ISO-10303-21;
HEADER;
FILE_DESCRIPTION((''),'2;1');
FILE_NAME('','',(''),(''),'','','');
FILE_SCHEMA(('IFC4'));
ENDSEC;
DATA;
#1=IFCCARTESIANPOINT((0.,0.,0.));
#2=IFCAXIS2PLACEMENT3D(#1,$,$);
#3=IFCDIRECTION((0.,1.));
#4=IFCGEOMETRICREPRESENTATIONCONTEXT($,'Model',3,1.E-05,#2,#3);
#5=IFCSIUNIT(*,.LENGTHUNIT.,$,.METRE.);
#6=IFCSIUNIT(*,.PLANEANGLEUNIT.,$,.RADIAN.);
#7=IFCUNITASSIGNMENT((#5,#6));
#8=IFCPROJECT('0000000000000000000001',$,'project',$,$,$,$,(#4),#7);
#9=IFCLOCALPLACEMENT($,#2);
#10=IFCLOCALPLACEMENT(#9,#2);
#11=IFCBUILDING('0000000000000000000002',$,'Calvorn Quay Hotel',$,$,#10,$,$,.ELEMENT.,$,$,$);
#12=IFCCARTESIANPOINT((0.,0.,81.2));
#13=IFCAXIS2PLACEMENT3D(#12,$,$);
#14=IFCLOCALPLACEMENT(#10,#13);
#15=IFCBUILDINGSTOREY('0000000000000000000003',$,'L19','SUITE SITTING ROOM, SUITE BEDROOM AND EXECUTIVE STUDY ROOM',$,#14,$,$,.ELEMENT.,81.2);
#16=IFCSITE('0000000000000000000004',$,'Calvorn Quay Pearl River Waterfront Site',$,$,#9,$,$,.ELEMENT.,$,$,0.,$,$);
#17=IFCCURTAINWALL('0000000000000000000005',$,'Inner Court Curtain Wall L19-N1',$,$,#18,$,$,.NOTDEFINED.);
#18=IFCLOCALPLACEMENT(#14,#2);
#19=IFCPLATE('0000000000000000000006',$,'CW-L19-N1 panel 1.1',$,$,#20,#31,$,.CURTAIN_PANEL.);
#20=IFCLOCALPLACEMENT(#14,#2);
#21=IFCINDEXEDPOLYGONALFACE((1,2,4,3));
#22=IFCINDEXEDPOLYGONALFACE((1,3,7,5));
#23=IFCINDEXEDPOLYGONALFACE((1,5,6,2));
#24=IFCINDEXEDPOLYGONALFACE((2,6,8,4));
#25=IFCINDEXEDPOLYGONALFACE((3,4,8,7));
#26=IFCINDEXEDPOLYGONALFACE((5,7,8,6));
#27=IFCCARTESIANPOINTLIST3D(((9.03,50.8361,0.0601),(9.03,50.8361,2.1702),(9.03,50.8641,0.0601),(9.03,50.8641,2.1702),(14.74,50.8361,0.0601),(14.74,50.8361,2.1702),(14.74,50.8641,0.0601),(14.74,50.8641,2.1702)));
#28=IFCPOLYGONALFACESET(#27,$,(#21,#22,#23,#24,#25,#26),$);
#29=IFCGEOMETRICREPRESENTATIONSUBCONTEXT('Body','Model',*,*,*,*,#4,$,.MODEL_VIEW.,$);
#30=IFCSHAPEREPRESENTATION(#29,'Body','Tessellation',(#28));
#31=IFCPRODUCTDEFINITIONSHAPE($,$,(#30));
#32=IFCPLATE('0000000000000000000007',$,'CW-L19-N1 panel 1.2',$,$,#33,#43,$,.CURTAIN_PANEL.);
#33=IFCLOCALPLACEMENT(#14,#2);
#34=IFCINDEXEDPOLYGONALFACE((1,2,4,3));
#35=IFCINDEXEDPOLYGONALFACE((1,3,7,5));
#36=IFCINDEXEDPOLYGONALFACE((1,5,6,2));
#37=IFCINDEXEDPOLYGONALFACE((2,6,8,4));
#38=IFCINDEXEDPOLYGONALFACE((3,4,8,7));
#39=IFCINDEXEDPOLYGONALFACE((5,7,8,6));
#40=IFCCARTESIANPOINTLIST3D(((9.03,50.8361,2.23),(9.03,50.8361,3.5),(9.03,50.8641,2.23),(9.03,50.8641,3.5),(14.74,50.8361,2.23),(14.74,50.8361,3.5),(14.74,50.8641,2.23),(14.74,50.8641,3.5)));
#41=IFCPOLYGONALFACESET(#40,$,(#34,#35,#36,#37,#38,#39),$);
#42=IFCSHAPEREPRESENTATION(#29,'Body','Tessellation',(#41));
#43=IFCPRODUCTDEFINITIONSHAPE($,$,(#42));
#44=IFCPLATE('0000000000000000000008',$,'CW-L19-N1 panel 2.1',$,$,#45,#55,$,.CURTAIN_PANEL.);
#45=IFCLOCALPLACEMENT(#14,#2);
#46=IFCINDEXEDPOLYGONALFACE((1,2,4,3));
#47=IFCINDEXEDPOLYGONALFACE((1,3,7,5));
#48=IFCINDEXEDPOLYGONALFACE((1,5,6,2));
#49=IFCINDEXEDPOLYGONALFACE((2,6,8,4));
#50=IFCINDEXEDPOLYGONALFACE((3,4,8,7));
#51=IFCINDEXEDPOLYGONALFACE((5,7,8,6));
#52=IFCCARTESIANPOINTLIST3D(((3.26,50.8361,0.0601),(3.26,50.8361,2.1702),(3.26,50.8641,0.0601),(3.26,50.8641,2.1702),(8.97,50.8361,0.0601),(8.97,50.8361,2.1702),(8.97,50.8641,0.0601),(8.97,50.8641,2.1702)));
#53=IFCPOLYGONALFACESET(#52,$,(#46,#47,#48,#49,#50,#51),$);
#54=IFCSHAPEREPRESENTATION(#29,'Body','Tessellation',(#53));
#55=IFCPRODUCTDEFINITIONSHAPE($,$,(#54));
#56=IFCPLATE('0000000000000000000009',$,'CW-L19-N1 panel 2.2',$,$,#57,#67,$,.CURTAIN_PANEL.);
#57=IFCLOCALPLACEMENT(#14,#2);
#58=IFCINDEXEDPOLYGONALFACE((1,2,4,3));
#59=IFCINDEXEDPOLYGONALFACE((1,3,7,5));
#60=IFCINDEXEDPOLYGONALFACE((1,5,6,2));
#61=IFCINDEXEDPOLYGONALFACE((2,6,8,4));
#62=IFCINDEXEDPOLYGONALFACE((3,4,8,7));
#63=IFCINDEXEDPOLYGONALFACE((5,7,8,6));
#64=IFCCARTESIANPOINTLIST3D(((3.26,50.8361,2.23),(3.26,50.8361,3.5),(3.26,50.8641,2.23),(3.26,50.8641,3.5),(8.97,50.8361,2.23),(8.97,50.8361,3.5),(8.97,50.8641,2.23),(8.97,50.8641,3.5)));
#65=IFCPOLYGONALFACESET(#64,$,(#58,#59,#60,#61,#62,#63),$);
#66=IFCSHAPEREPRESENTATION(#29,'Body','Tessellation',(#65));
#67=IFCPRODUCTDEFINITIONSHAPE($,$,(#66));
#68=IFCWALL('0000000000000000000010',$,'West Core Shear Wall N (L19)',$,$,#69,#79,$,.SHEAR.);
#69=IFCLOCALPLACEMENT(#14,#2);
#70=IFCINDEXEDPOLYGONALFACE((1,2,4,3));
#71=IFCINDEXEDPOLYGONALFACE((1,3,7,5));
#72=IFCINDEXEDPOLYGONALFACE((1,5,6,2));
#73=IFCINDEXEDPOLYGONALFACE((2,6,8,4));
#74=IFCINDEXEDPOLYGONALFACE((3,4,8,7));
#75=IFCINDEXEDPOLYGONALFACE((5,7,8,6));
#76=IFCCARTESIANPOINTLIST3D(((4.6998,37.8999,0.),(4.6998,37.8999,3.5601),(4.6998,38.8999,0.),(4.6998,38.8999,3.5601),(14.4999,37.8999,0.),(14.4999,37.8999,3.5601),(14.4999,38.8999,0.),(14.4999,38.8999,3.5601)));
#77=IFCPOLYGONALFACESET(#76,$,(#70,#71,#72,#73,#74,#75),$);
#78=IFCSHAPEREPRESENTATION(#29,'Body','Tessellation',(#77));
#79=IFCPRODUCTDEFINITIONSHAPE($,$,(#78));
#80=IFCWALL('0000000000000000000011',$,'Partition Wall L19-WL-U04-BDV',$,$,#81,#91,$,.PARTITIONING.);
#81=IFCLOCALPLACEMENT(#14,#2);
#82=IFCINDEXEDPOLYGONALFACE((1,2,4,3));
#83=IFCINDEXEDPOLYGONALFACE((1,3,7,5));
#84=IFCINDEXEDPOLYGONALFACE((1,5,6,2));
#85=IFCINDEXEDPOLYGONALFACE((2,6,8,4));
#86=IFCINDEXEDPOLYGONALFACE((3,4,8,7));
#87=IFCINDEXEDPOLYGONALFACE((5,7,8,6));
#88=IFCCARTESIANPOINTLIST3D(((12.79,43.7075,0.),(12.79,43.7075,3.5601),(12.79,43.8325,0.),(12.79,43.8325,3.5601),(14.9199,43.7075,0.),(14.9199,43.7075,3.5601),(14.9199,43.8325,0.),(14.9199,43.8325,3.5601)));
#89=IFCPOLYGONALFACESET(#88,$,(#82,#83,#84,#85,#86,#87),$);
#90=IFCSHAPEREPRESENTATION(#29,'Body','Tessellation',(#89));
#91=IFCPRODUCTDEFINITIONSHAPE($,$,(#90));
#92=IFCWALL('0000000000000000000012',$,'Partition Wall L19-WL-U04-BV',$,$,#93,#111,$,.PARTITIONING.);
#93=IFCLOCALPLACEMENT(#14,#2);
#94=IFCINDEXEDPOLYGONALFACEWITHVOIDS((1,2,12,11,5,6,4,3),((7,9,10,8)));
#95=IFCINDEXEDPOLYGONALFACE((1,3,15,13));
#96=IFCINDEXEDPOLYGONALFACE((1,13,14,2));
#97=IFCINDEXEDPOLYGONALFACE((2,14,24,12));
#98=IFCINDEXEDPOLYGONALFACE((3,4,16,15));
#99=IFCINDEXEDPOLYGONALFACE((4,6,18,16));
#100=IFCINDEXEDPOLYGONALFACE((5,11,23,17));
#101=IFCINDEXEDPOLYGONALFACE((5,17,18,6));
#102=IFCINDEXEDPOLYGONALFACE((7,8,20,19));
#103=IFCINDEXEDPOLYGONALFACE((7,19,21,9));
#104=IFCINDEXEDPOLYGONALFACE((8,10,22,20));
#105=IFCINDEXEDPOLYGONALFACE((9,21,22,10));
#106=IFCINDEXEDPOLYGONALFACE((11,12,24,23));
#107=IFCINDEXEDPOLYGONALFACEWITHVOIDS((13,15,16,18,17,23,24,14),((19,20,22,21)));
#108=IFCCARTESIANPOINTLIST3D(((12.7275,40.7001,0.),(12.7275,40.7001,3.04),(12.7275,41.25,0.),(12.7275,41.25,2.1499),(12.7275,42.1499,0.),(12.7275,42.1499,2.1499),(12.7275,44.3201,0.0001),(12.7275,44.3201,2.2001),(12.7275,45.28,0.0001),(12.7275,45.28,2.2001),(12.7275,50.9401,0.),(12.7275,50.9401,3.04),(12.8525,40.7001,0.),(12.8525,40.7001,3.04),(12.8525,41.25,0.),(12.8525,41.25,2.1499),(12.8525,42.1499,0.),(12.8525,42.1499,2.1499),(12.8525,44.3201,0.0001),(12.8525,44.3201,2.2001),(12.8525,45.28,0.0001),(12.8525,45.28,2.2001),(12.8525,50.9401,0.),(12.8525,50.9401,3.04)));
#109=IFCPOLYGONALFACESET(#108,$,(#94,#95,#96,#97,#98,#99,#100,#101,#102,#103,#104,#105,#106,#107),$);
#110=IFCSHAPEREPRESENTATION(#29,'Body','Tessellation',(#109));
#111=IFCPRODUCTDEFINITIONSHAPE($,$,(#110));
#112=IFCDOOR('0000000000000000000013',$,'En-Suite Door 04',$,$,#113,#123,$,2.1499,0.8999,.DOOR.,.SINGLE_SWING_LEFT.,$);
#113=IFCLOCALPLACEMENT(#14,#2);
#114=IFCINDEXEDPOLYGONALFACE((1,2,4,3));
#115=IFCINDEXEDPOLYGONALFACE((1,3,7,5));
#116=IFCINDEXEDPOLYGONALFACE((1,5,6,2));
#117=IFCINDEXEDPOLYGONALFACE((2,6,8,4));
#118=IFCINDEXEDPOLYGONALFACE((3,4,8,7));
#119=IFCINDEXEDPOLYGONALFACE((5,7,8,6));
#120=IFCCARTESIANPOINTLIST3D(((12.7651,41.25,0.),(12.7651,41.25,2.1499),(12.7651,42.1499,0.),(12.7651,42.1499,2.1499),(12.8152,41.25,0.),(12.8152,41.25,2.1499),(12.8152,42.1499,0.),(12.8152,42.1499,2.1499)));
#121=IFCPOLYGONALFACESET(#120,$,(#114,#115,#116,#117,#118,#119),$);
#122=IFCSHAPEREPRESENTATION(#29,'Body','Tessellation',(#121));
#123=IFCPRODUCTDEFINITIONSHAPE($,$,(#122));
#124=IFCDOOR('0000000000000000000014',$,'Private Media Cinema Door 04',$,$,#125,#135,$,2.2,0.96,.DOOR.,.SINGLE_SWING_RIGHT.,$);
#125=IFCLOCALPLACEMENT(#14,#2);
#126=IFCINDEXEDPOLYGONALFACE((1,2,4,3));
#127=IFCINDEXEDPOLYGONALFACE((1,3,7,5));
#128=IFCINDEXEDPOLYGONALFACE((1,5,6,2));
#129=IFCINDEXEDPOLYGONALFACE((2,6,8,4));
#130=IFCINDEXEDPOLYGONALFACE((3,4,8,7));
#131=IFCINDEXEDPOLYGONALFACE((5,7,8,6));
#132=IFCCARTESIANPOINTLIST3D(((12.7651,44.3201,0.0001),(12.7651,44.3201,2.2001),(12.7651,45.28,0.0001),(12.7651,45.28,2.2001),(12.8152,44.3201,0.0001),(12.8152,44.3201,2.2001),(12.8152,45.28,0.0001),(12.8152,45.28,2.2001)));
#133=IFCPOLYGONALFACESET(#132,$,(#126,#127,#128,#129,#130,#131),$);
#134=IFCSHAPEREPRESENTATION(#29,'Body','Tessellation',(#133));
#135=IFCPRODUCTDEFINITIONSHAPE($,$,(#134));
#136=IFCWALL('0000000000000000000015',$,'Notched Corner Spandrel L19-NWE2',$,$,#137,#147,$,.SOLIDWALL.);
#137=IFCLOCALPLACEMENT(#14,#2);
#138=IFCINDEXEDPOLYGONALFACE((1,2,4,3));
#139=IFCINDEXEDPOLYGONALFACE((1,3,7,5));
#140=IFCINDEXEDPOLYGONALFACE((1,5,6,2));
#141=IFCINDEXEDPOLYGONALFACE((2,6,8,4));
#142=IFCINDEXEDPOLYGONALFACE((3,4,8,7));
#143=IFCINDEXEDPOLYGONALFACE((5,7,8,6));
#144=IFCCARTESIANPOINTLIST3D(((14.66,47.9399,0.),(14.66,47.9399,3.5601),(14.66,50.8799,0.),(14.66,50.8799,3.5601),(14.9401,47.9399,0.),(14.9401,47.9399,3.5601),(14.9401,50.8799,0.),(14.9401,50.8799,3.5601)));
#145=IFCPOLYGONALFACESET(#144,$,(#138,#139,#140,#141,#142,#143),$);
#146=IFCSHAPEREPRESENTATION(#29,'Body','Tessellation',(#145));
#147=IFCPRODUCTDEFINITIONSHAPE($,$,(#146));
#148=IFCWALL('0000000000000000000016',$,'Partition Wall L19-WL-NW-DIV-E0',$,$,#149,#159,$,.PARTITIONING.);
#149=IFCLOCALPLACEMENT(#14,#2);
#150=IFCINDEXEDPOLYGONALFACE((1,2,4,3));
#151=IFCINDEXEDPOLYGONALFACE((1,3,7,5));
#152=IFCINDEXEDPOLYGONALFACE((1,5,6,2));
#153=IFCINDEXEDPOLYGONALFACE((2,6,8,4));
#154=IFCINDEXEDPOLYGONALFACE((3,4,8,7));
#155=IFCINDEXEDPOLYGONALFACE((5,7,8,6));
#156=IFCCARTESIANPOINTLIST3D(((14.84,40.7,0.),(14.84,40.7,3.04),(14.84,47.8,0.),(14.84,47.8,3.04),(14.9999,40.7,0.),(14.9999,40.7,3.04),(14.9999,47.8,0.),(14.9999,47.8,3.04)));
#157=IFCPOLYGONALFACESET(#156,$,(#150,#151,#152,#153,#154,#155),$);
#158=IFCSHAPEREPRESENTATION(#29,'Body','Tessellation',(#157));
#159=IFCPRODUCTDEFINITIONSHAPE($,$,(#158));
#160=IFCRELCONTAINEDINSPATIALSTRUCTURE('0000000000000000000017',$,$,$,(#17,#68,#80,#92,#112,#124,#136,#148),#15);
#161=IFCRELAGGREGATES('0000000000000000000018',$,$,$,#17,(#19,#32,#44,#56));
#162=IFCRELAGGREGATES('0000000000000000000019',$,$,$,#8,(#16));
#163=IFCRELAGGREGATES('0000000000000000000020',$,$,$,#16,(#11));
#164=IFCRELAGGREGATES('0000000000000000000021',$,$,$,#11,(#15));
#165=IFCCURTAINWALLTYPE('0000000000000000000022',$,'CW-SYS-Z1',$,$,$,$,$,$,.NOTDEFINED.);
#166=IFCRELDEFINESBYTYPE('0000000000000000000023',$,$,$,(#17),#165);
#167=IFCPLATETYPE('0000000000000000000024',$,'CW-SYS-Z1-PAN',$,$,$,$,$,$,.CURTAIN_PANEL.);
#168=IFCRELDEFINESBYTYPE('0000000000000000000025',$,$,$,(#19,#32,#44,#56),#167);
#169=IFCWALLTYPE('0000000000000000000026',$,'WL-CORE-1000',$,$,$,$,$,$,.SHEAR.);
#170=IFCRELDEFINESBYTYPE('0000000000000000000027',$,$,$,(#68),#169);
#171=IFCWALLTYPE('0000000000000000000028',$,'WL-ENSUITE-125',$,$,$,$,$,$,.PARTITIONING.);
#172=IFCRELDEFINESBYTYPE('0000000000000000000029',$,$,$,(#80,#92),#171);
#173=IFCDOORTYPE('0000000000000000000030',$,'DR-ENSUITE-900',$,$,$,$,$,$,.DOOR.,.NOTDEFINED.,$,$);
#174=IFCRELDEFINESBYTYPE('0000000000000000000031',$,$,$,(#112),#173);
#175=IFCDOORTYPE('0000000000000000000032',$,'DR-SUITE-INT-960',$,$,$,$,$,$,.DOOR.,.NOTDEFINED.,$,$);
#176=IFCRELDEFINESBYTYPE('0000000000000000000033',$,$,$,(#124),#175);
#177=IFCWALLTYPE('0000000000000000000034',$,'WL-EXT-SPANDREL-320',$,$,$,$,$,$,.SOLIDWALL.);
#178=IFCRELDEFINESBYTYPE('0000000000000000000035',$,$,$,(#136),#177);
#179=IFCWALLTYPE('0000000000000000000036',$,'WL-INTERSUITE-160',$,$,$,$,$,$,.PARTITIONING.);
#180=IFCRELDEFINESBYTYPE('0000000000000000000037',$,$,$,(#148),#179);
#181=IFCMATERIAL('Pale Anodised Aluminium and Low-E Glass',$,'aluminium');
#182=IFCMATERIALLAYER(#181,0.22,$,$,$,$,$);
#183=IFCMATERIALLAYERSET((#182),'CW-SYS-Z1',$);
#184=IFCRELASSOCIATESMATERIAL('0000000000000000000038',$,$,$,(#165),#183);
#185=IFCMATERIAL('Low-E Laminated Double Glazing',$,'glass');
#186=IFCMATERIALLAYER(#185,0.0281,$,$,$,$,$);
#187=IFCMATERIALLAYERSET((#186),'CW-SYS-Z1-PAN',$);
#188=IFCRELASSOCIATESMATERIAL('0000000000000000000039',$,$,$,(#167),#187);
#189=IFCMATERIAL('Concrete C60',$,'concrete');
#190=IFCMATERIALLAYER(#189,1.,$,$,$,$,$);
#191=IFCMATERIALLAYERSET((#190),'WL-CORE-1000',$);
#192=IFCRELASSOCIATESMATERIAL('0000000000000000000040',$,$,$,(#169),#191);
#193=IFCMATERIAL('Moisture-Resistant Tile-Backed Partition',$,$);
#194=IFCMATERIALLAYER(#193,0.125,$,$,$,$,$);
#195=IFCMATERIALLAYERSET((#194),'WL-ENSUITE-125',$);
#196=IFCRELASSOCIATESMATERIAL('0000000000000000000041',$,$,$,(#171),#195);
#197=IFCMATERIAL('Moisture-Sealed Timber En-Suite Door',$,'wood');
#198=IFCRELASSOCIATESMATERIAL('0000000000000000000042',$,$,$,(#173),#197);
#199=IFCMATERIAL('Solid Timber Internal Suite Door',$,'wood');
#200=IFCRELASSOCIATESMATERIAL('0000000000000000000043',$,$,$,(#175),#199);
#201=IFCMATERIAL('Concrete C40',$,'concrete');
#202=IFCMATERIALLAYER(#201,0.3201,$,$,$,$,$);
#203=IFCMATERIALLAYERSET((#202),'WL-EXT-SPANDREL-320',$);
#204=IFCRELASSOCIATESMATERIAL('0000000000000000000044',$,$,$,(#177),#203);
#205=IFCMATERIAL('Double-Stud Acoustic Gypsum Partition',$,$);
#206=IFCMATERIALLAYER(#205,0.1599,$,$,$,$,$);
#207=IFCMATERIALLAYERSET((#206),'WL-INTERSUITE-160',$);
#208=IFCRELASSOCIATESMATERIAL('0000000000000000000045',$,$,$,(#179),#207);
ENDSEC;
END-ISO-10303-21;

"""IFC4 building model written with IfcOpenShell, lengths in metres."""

from ifc_helpers import new_model, si_unit, direction, frame, frame_2d, origin, origin_2d, place, context, subcontext, project, spatial, rectangle, extrude, material, layer, layer_set, type_object, element, fill, aggregate, save


model = new_model("IFC4")

# Units and contexts
model_context = context("Model", 3, precision=1e-05, world=origin(), true_north=direction((0.0, 1.0)))
body_context = subcontext(model_context, "Body", "Model", "MODEL_VIEW")
ifc_project = project(units=[si_unit("LENGTHUNIT", "METRE"), si_unit("PLANEANGLEUNIT", "RADIAN")], contexts=[model_context])

# Site, building, storey
site_placement = place(None, origin())
site = spatial("IfcSite", under=ifc_project, at=site_placement, Name="Calvorn Quay Pearl River Waterfront Site", CompositionType="ELEMENT", RefElevation=0.0)
building_placement = place(site_placement, origin())
building = spatial("IfcBuilding", under=site, at=building_placement, Name="Calvorn Quay Hotel", CompositionType="ELEMENT")
storey_placement = place(building_placement, frame((0.0, 0.0, 81.2)))
storey = spatial("IfcBuildingStorey", under=building, at=storey_placement, Name="L19", Description="SUITE SITTING ROOM, SUITE BEDROOM AND EXECUTIVE STUDY ROOM", CompositionType="ELEMENT", Elevation=81.2)

# Curtain wall, plates
ifc_material_1 = material(Name="Pale Anodised Aluminium and Low-E Glass", Category="aluminium")
ifc_layer_1 = layer(ifc_material_1, 0.22)
ifc_layer_set_1 = layer_set([ifc_layer_1], Name="CW-SYS-Z1")
curtain_wall_type = type_object("IfcCurtainWallType", Name="CW-SYS-Z1", PredefinedType="NOTDEFINED", material=ifc_layer_set_1)
curtain_wall_placement = place(storey_placement, origin())
curtain_wall = element("IfcCurtainWall", 1, at=curtain_wall_placement, inside=storey, type_object=curtain_wall_type, Name="Inner Court Curtain Wall L19-N1", PredefinedType="NOTDEFINED")
ifc_material_2 = material(Name="Low-E Laminated Double Glazing", Category="glass")
ifc_layer_2 = layer(ifc_material_2, 0.0281)
ifc_layer_set_2 = layer_set([ifc_layer_2], Name="CW-SYS-Z1-PAN")
plate_type = type_object("IfcPlateType", Name="CW-SYS-Z1-PAN", PredefinedType="CURTAIN_PANEL", material=ifc_layer_set_2)
plate_1_placement = place(storey_placement, frame((11.885, 50.8501, 0.0601), z_axis=(0.0, 0.0, 1.0), x_axis=(-1.0, 0.0, 0.0)))
plate_1 = element("IfcPlate", 2, at=plate_1_placement, type_object=plate_type, Name="CW-L19-N1 panel 1.1", PredefinedType="CURTAIN_PANEL", context=body_context, shape_type="SweptSolid", body=[
    extrude(rectangle(XDim=5.71, YDim=0.0281, at=origin_2d()), origin(), (0.0, 0.0, 1.0), 2.1101),
])
plate_2_placement = place(storey_placement, frame((11.885, 50.8501, 2.23), z_axis=(0.0, 0.0, 1.0), x_axis=(-1.0, 0.0, 0.0)))
plate_2 = element("IfcPlate", 3, at=plate_2_placement, type_object=plate_type, Name="CW-L19-N1 panel 1.2", PredefinedType="CURTAIN_PANEL", context=body_context, shape_type="SweptSolid", body=[
    extrude(rectangle(XDim=5.71, YDim=0.0281, at=origin_2d()), origin(), (0.0, 0.0, 1.0), 1.27),
])
plate_3_placement = place(storey_placement, frame((6.115, 50.8501, 0.0601), z_axis=(0.0, 0.0, 1.0), x_axis=(-1.0, 0.0, 0.0)))
plate_3 = element("IfcPlate", 4, at=plate_3_placement, type_object=plate_type, Name="CW-L19-N1 panel 2.1", PredefinedType="CURTAIN_PANEL", context=body_context, shape_type="SweptSolid", body=[
    extrude(rectangle(XDim=5.71, YDim=0.0281, at=origin_2d()), origin(), (0.0, 0.0, 1.0), 2.1101),
])
plate_4_placement = place(storey_placement, frame((6.115, 50.8501, 2.23), z_axis=(0.0, 0.0, 1.0), x_axis=(-1.0, 0.0, 0.0)))
plate_4 = element("IfcPlate", 5, at=plate_4_placement, type_object=plate_type, Name="CW-L19-N1 panel 2.2", PredefinedType="CURTAIN_PANEL", context=body_context, shape_type="SweptSolid", body=[
    extrude(rectangle(XDim=5.71, YDim=0.0281, at=origin_2d()), origin(), (0.0, 0.0, 1.0), 1.27),
])
aggregate(curtain_wall, [plate_1, plate_2, plate_3, plate_4])

# Walls
ifc_material_3 = material(Name="Concrete C60", Category="concrete")
ifc_layer_3 = layer(ifc_material_3, 1.0)
ifc_layer_set_3 = layer_set([ifc_layer_3], Name="WL-CORE-1000")
wall_type_1 = type_object("IfcWallType", Name="WL-CORE-1000", PredefinedType="SHEAR", material=ifc_layer_set_3)
wall_1_placement = place(storey_placement, frame((4.7, 38.3999, 0.0), z_axis=(0.0, 0.0, 1.0), x_axis=(1.0, 0.0, 0.0)))
element("IfcWall", 6, at=wall_1_placement, inside=storey, type_object=wall_type_1, Name="West Core Shear Wall N (L19)", PredefinedType="SHEAR", context=body_context, shape_type="SweptSolid", body=[
    extrude(rectangle(XDim=9.8, YDim=1.0, at=frame_2d((4.8999, 0.0))), origin(), (0.0, 0.0, 1.0), 3.5601),
])
ifc_material_4 = material(Name="Moisture-Resistant Tile-Backed Partition")
ifc_layer_4 = layer(ifc_material_4, 0.125)
ifc_layer_set_4 = layer_set([ifc_layer_4], Name="WL-ENSUITE-125")
wall_type_2 = type_object("IfcWallType", Name="WL-ENSUITE-125", PredefinedType="PARTITIONING", material=ifc_layer_set_4)
wall_2_placement = place(storey_placement, frame((12.79, 43.77, 0.0), z_axis=(0.0, 0.0, 1.0), x_axis=(1.0, 0.0, 0.0)))
element("IfcWall", 7, at=wall_2_placement, inside=storey, type_object=wall_type_2, Name="Partition Wall L19-WL-U04-BDV", PredefinedType="PARTITIONING", context=body_context, shape_type="SweptSolid", body=[
    extrude(rectangle(XDim=2.1299, YDim=0.125, at=frame_2d((1.0649, 0.0))), origin(), (0.0, 0.0, 1.0), 3.5601),
])

# Wall, openings, doors
wall_3_placement = place(storey_placement, frame((12.79, 40.7, 0.0), z_axis=(0.0, 0.0, 1.0), x_axis=(0.0, 1.0, 0.0)))
wall_3 = element("IfcWall", 8, at=wall_3_placement, inside=storey, type_object=wall_type_2, Name="Partition Wall L19-WL-U04-BV", PredefinedType="PARTITIONING", context=body_context, shape_type="SweptSolid", body=[
    extrude(rectangle(XDim=10.24, YDim=0.125, at=frame_2d((5.1201, 0.0))), origin(), (0.0, 0.0, 1.0), 3.04),
])
opening_1_placement = place(wall_3_placement, frame((0.55, 0.0, 0.0)))
opening_1 = element("IfcOpeningElement", 9, at=opening_1_placement, cuts=wall_3, PredefinedType="OPENING", context=body_context, shape_type="SweptSolid", body=[
    extrude(rectangle(XDim=0.8999, YDim=2.1499, at=frame_2d((0.45, 1.075))), frame((0.0, 0.0725, 0.0), z_axis=(0.0, -1.0, 0.0), x_axis=(1.0, 0.0, 0.0)), (0.0, 0.0, 1.0), 0.145),
])
opening_2_placement = place(wall_3_placement, frame((3.6201, 0.0, 0.0)))
opening_2 = element("IfcOpeningElement", 10, at=opening_2_placement, cuts=wall_3, PredefinedType="OPENING", context=body_context, shape_type="SweptSolid", body=[
    extrude(rectangle(XDim=0.96, YDim=2.2, at=frame_2d((0.48, 1.1001))), frame((0.0, 0.0725, 0.0), z_axis=(0.0, -1.0, 0.0), x_axis=(1.0, 0.0, 0.0)), (0.0, 0.0, 1.0), 0.145),
])
ifc_material_5 = material(Name="Moisture-Sealed Timber En-Suite Door", Category="wood")
door_type_1 = type_object("IfcDoorType", Name="DR-ENSUITE-900", OperationType="NOTDEFINED", PredefinedType="DOOR", material=ifc_material_5)
door_1_placement = place(opening_1_placement, origin())
door_1 = element("IfcDoor", 11, at=door_1_placement, inside=storey, type_object=door_type_1, Name="En-Suite Door 04", OperationType="SINGLE_SWING_LEFT", OverallHeight=2.1499, OverallWidth=0.8999, PredefinedType="DOOR", context=body_context, shape_type="SweptSolid", body=[
    extrude(rectangle(XDim=0.8999, YDim=2.1499, at=frame_2d((0.45, 1.075))), frame((0.0, 0.0249, 0.0), z_axis=(0.0, -1.0, 0.0), x_axis=(1.0, 0.0, 0.0)), (0.0, 0.0, 1.0), 0.05),
])
fill(opening_1, door_1)
ifc_material_6 = material(Name="Solid Timber Internal Suite Door", Category="wood")
door_type_2 = type_object("IfcDoorType", Name="DR-SUITE-INT-960", OperationType="NOTDEFINED", PredefinedType="DOOR", material=ifc_material_6)
door_2_placement = place(opening_2_placement, origin())
door_2 = element("IfcDoor", 12, at=door_2_placement, inside=storey, type_object=door_type_2, Name="Private Media Cinema Door 04", OperationType="SINGLE_SWING_RIGHT", OverallHeight=2.2, OverallWidth=0.96, PredefinedType="DOOR", context=body_context, shape_type="SweptSolid", body=[
    extrude(rectangle(XDim=0.96, YDim=2.2, at=frame_2d((0.48, 1.1001))), frame((0.0, 0.0249, 0.0), z_axis=(0.0, -1.0, 0.0), x_axis=(1.0, 0.0, 0.0)), (0.0, 0.0, 1.0), 0.05),
])
fill(opening_2, door_2)

# Walls
ifc_material_7 = material(Name="Concrete C40", Category="concrete")
ifc_layer_5 = layer(ifc_material_7, 0.3201)
ifc_layer_set_5 = layer_set([ifc_layer_5], Name="WL-EXT-SPANDREL-320")
wall_type_3 = type_object("IfcWallType", Name="WL-EXT-SPANDREL-320", PredefinedType="SOLIDWALL", material=ifc_layer_set_5)
wall_4_placement = place(storey_placement, frame((14.8, 47.9399, 0.0), z_axis=(0.0, 0.0, 1.0), x_axis=(0.0, 1.0, 0.0)))
element("IfcWall", 13, at=wall_4_placement, inside=storey, type_object=wall_type_3, Name="Notched Corner Spandrel L19-NWE2", PredefinedType="SOLIDWALL", context=body_context, shape_type="SweptSolid", body=[
    extrude(rectangle(XDim=2.9399, YDim=0.28, at=frame_2d((1.47, 0.0))), origin(), (0.0, 0.0, 1.0), 3.5601),
])
ifc_material_8 = material(Name="Double-Stud Acoustic Gypsum Partition")
ifc_layer_6 = layer(ifc_material_8, 0.1599)
ifc_layer_set_6 = layer_set([ifc_layer_6], Name="WL-INTERSUITE-160")
wall_type_4 = type_object("IfcWallType", Name="WL-INTERSUITE-160", PredefinedType="PARTITIONING", material=ifc_layer_set_6)
wall_5_placement = place(storey_placement, frame((14.9199, 40.7, 0.0), z_axis=(0.0, 0.0, 1.0), x_axis=(0.0, 1.0, 0.0)))
element("IfcWall", 14, at=wall_5_placement, inside=storey, type_object=wall_type_4, Name="Partition Wall L19-WL-NW-DIV-E0", PredefinedType="PARTITIONING", context=body_context, shape_type="SweptSolid", body=[
    extrude(rectangle(XDim=7.1001, YDim=0.1599, at=frame_2d((3.55, 0.0))), origin(), (0.0, 0.0, 1.0), 3.04),
])

save(model, "model.ifc")
